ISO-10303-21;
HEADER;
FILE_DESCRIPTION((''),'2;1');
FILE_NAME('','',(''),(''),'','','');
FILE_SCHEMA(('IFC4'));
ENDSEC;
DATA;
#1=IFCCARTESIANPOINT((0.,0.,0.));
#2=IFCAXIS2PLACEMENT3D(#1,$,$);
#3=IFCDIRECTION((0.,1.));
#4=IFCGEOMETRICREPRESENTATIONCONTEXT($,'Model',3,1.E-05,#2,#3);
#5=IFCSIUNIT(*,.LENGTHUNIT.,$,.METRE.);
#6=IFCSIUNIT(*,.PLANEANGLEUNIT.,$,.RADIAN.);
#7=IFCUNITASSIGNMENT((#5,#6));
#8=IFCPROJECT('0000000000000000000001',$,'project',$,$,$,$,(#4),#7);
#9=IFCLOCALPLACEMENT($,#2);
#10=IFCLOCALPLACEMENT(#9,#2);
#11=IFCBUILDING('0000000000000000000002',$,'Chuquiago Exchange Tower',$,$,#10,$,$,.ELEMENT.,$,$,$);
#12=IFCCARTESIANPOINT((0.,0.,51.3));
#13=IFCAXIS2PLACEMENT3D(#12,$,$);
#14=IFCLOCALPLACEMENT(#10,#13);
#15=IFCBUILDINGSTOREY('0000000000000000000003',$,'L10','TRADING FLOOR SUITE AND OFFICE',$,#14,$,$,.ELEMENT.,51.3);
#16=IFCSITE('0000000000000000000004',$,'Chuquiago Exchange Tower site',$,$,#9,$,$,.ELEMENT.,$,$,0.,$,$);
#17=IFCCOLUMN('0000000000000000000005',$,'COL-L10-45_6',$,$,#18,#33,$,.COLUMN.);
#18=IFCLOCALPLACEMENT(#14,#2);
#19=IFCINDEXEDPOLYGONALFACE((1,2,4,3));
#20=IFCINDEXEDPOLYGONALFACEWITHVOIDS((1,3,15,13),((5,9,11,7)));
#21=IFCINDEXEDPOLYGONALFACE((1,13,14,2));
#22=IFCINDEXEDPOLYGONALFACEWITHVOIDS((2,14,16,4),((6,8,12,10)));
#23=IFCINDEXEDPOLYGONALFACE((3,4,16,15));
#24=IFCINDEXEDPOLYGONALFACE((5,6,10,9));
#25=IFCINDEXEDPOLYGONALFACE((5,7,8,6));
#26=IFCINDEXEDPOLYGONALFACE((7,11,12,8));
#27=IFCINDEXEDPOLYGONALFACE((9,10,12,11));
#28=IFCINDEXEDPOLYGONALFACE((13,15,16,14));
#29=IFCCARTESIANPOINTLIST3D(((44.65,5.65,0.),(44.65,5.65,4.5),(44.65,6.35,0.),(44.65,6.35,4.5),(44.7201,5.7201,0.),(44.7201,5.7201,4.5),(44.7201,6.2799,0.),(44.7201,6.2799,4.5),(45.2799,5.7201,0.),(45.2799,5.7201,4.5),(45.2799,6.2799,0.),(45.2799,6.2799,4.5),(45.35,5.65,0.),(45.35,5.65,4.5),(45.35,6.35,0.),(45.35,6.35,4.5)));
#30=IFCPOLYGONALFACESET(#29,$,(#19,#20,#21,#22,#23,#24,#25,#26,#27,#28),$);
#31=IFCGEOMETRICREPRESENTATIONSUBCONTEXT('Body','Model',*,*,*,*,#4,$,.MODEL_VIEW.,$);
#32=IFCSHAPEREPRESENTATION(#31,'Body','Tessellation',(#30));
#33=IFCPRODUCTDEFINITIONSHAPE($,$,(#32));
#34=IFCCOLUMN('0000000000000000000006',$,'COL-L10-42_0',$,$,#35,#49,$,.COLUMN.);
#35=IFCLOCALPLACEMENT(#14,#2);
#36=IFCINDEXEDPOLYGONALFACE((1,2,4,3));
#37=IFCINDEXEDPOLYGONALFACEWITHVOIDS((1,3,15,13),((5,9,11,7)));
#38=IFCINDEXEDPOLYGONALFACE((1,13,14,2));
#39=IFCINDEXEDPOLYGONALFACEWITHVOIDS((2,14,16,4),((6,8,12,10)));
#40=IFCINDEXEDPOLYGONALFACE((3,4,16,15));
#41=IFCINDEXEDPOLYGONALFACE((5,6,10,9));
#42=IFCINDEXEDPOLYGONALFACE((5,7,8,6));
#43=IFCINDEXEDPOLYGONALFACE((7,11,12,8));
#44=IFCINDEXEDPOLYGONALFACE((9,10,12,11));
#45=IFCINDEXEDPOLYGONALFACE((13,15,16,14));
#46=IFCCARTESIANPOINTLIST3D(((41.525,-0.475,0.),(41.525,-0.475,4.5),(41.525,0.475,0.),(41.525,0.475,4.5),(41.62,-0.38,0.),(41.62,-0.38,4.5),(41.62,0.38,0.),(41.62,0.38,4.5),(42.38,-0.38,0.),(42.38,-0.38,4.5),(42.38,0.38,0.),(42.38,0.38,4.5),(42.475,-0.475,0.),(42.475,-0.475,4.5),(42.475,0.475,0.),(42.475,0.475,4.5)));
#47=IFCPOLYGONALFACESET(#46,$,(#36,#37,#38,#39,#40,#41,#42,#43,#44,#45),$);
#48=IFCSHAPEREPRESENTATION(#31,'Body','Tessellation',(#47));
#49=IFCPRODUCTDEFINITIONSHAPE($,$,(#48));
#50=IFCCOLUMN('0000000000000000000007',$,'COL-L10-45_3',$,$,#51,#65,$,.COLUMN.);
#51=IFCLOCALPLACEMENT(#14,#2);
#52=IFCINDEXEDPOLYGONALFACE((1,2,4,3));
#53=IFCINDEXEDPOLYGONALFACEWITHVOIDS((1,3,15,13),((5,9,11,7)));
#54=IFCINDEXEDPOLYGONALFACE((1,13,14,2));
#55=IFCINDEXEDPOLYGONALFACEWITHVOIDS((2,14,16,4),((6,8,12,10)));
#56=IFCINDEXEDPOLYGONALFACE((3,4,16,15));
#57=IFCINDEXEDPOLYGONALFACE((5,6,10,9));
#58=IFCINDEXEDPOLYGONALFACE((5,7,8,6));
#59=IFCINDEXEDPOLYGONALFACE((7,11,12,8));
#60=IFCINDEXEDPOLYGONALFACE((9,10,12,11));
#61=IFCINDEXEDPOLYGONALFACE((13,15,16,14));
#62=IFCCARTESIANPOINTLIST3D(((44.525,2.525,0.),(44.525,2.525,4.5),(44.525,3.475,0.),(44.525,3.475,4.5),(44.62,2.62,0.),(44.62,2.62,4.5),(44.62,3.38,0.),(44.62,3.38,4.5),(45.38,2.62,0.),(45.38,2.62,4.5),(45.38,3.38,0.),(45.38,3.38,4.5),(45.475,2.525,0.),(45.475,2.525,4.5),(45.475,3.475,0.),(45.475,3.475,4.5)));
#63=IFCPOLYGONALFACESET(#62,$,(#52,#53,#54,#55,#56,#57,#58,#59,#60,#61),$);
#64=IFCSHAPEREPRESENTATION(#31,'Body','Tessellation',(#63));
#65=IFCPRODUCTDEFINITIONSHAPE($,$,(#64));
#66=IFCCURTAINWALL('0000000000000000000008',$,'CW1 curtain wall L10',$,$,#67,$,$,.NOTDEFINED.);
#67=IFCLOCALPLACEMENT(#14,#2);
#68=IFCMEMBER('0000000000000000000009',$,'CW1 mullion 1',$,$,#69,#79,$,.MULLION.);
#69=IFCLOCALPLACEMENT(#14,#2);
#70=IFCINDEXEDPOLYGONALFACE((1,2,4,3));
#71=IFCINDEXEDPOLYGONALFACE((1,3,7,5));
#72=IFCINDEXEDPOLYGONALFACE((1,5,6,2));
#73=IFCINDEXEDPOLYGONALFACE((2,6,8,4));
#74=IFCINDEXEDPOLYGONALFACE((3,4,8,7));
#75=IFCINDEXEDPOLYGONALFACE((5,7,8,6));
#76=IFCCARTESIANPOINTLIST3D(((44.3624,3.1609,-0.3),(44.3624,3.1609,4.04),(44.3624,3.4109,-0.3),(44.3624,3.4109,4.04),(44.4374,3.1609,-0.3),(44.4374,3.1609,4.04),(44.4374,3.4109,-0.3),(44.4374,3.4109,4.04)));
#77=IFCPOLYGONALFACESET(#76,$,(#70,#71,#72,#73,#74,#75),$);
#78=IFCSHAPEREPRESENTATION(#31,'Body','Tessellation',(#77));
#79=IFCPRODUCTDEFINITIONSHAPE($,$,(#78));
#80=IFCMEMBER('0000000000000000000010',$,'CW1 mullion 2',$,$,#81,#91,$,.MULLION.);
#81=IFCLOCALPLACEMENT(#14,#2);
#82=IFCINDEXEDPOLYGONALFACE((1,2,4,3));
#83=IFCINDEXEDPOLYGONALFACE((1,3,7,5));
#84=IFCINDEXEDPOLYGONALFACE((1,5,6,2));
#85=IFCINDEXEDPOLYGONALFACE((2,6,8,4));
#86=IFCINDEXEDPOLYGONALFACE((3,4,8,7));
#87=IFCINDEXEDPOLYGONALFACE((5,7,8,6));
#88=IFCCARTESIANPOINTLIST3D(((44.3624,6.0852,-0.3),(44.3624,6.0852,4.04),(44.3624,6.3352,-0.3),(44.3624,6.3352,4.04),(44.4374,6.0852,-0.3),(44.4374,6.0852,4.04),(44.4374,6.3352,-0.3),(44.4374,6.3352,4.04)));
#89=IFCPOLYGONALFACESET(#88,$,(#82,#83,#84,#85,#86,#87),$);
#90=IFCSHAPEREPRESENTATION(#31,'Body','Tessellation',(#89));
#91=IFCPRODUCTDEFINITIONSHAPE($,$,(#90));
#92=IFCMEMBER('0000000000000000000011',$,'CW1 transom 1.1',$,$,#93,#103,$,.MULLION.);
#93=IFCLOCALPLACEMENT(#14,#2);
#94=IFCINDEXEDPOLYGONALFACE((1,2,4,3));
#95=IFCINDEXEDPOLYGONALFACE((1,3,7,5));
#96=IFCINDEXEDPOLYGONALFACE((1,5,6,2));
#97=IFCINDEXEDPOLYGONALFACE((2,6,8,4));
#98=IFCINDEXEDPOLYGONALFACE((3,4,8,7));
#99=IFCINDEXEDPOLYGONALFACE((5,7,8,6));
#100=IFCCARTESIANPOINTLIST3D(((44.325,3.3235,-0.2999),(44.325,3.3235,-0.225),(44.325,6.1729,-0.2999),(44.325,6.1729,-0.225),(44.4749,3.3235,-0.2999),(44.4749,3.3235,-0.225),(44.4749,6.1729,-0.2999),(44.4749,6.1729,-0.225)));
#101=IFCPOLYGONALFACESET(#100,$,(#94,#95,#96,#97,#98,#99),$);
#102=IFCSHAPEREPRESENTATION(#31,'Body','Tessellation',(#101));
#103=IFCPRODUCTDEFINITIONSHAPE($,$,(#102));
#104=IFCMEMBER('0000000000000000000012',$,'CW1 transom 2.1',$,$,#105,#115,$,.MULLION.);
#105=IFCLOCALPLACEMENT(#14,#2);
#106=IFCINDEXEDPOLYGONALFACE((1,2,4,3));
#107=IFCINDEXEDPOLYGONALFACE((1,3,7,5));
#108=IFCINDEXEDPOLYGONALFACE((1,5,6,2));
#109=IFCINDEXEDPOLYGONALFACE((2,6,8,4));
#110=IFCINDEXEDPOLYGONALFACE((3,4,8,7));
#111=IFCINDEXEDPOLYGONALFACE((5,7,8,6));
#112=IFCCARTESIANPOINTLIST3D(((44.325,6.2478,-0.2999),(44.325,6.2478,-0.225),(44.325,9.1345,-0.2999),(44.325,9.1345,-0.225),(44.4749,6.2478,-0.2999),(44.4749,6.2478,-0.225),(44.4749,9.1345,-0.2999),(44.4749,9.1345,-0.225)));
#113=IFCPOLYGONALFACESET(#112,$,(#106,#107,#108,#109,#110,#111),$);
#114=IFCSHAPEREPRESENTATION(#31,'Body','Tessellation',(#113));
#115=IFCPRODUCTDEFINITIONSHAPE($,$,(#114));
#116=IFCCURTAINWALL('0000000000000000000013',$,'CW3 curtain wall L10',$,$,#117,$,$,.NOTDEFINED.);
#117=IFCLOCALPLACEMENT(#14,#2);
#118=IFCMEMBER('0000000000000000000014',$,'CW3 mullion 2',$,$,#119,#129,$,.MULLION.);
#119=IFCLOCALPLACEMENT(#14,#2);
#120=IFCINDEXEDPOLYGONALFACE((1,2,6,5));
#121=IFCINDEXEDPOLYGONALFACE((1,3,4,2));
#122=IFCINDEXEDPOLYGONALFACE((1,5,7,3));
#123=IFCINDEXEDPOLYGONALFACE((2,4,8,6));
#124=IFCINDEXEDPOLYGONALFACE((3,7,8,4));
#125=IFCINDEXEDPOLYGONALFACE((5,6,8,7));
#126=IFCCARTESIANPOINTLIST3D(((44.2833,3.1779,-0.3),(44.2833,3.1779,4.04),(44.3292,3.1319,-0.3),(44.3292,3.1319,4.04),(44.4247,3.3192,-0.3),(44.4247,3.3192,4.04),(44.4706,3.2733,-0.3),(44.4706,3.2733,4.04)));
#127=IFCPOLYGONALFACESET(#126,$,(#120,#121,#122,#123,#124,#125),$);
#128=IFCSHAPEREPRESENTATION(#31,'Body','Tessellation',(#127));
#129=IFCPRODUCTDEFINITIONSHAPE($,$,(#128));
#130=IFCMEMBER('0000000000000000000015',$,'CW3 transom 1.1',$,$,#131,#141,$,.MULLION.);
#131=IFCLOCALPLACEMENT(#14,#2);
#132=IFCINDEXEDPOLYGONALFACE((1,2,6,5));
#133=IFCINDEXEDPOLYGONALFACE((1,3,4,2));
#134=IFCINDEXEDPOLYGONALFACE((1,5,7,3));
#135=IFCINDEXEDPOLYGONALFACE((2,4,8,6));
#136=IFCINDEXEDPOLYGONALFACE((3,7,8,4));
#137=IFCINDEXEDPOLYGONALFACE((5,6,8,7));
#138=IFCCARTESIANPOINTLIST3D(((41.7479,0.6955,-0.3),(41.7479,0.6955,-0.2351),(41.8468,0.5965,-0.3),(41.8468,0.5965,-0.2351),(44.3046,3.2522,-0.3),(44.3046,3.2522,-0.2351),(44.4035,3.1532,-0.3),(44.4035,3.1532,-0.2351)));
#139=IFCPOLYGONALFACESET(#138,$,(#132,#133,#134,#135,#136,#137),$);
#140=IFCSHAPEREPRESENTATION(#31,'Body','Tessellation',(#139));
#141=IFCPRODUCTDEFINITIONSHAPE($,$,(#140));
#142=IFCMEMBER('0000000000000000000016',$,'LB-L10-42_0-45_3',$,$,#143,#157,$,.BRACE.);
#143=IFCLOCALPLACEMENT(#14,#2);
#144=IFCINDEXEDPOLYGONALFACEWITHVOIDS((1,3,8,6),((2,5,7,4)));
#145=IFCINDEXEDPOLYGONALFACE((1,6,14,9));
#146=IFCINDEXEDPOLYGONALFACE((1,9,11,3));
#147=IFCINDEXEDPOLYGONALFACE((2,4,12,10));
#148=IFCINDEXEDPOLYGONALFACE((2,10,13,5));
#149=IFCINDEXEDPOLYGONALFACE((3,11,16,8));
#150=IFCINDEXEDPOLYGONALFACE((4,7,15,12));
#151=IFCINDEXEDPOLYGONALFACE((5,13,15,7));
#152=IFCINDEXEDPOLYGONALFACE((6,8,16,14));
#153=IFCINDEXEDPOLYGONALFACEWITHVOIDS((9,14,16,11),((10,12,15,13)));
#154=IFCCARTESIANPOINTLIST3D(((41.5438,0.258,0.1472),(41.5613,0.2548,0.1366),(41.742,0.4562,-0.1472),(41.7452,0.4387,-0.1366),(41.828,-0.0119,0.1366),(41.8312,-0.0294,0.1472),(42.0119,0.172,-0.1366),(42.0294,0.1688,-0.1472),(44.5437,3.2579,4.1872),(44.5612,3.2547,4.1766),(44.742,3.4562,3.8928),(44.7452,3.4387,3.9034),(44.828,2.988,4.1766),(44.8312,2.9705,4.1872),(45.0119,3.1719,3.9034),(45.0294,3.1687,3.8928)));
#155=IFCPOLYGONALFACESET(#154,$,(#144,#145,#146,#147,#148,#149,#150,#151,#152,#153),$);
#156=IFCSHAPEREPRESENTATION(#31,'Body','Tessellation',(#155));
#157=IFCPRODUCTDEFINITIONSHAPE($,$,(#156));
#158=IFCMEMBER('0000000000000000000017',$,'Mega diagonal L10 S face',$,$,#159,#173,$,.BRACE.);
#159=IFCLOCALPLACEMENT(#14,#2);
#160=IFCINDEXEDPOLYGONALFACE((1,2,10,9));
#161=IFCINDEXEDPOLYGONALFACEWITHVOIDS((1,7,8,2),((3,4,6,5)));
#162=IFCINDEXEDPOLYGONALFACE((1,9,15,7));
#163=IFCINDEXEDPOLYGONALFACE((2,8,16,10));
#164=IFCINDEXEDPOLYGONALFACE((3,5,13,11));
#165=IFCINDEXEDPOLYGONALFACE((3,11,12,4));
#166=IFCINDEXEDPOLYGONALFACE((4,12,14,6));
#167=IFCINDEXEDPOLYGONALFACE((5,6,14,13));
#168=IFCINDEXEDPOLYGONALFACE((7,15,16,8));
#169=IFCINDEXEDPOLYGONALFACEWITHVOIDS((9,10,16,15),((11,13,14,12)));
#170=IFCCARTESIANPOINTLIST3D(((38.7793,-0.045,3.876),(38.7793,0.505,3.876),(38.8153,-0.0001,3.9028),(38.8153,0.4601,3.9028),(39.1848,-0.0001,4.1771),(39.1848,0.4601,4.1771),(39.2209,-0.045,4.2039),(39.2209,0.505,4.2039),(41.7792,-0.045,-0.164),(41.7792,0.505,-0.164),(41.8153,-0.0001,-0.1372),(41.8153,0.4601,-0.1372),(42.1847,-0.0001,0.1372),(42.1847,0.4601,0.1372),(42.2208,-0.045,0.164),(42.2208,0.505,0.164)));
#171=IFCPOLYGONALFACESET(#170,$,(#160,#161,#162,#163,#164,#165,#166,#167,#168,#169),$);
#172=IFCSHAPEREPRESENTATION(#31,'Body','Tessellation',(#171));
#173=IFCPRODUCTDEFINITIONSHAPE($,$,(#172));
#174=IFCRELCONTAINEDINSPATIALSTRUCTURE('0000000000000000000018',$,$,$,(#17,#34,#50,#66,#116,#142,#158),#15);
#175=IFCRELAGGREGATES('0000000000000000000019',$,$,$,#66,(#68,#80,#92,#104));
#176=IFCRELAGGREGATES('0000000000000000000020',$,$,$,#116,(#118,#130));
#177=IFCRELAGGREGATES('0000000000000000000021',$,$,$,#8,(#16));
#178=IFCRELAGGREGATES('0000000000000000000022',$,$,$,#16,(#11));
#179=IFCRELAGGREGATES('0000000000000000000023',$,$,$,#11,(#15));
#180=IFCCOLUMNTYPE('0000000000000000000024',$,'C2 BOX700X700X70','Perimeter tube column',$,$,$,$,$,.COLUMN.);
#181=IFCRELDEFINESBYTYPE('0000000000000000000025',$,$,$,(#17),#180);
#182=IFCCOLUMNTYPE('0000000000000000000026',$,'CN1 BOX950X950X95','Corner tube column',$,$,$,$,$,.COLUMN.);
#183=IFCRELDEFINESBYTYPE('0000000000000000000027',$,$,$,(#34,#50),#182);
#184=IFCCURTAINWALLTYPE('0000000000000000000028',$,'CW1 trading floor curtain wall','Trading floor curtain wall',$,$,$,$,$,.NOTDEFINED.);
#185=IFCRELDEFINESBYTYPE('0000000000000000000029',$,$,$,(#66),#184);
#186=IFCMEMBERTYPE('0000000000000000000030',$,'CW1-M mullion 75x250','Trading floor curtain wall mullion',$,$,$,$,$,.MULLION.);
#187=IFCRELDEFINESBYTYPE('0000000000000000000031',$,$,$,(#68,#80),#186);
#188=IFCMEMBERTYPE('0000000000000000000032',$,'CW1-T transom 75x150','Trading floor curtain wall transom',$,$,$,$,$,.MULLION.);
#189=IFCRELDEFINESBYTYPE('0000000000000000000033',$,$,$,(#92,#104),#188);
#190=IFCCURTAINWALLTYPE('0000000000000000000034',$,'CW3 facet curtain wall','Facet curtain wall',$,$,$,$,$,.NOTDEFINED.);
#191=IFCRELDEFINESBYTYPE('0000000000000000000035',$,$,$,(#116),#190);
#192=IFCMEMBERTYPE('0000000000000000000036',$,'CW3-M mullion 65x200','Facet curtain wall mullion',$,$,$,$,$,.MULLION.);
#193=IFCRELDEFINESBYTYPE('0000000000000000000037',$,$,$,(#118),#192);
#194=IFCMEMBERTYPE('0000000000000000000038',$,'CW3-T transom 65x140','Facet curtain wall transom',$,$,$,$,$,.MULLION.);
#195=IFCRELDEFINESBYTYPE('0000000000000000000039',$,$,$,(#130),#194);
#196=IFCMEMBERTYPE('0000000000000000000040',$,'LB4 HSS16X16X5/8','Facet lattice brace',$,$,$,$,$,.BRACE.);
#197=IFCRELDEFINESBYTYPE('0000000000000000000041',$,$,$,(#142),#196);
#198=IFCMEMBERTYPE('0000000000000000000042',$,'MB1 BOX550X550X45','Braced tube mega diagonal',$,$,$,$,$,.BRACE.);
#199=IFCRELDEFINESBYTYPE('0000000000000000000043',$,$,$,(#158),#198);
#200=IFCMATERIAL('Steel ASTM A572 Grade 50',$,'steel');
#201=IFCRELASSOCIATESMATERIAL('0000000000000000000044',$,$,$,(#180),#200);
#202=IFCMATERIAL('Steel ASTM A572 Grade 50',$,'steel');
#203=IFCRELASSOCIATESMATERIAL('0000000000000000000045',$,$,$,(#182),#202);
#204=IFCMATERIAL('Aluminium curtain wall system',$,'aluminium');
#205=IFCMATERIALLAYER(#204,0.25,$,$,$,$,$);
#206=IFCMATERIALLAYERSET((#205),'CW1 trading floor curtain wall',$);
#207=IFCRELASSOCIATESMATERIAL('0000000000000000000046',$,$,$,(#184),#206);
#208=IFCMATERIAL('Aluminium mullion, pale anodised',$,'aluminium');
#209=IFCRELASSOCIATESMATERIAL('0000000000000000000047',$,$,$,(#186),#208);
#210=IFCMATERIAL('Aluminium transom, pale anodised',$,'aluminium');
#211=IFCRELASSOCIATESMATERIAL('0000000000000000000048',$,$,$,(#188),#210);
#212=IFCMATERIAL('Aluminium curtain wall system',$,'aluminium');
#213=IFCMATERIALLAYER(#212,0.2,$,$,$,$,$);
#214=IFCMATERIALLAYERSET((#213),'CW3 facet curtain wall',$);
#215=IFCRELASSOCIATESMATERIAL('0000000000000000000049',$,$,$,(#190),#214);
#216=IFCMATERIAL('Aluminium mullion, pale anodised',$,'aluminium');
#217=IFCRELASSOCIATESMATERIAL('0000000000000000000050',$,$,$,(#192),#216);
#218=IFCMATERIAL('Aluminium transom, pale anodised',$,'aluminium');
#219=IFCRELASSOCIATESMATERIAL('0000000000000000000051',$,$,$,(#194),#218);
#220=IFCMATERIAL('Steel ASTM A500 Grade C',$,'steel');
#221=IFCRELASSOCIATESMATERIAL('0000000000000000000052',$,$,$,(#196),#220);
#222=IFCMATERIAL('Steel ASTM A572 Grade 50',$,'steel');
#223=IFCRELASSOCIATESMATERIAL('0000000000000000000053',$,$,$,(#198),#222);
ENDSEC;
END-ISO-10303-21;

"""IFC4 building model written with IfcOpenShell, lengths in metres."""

from ifc_helpers import new_model, si_unit, direction, frame, origin, origin_2d, place, context, subcontext, project, spatial, rectangle, hollow_rectangle, extrude, material, layer, layer_set, material_profile, profile_set, type_object, element, aggregate, save


model = new_model("IFC4")

# Units and contexts
model_context = context("Model", 3, precision=1e-05, world=origin(), true_north=direction((0.0, 1.0)))
body_context = subcontext(model_context, "Body", "Model", "MODEL_VIEW")
ifc_project = project(units=[si_unit("LENGTHUNIT", "METRE"), si_unit("PLANEANGLEUNIT", "RADIAN")], contexts=[model_context])

# Site, building, storey
site_placement = place(None, origin())
site = spatial("IfcSite", under=ifc_project, at=site_placement, Name="Chuquiago Exchange Tower site", CompositionType="ELEMENT", RefElevation=0.0)
building_placement = place(site_placement, origin())
building = spatial("IfcBuilding", under=site, at=building_placement, Name="Chuquiago Exchange Tower", CompositionType="ELEMENT")
storey_placement = place(building_placement, frame((0.0, 0.0, 51.3)))
storey = spatial("IfcBuildingStorey", under=building, at=storey_placement, Name="L10", Description="TRADING FLOOR SUITE AND OFFICE", CompositionType="ELEMENT", Elevation=51.3)

# Columns
ifc_material_1 = material(Name="Steel ASTM A572 Grade 50", Category="steel")
ifc_material_profile_1 = material_profile(ifc_material_1, hollow_rectangle(XDim=0.7, YDim=0.7, WallThickness=0.0701, at=origin_2d()), Name="BOX700X700X70")
ifc_profile_set_1 = profile_set([ifc_material_profile_1], Name="Steel ASTM A572 Grade 50")
column_type_1 = type_object("IfcColumnType", Name="C2 BOX700X700X70", Description="Perimeter tube column", PredefinedType="COLUMN", material=ifc_profile_set_1)
column_placement = place(storey_placement, frame((45.0, 6.0, 0.0), z_axis=(0.0, 0.0, 1.0), x_axis=(1.0, 0.0, 0.0)))
element("IfcColumn", 1, at=column_placement, inside=storey, type_object=column_type_1, Name="COL-L10-45_6", PredefinedType="COLUMN", context=body_context, shape_type="SweptSolid", body=[
    extrude(hollow_rectangle(XDim=0.7, YDim=0.7, WallThickness=0.0701, at=origin_2d()), origin(), (0.0, 0.0, 1.0), 4.5),
])
ifc_material_2 = material(Name="Steel ASTM A572 Grade 50", Category="steel")
ifc_material_profile_2 = material_profile(ifc_material_2, hollow_rectangle(XDim=0.95, YDim=0.95, WallThickness=0.095, at=origin_2d()), Name="BOX950X950X95")
ifc_profile_set_2 = profile_set([ifc_material_profile_2], Name="Steel ASTM A572 Grade 50")
column_type_2 = type_object("IfcColumnType", Name="CN1 BOX950X950X95", Description="Corner tube column", PredefinedType="COLUMN", material=ifc_profile_set_2)
for number, where, z_axis, x_axis, name in (
    (2, (42.0, 0.0, 0.0), (0.0, 0.0, 1.0), (0.0, -1.0, 0.0), "COL-L10-42_0"),
    (3, (45.0, 3.0, 0.0), (0.0, 0.0, 1.0), (1.0, 0.0, 0.0), "COL-L10-45_3"),
):
    element("IfcColumn", number, at=place(storey_placement, frame(where, z_axis=z_axis, x_axis=x_axis)), inside=storey, type_object=column_type_2, Name=name, PredefinedType="COLUMN", context=body_context, shape_type="SweptSolid", body=[
        extrude(hollow_rectangle(XDim=0.95, YDim=0.95, WallThickness=0.095, at=origin_2d()), origin(), (0.0, 0.0, 1.0), 4.5),
    ])

# Curtain walls, members
ifc_material_3 = material(Name="Aluminium curtain wall system", Category="aluminium")
ifc_layer_1 = layer(ifc_material_3, 0.25)
ifc_layer_set_1 = layer_set([ifc_layer_1], Name="CW1 trading floor curtain wall")
curtain_wall_type_1 = type_object("IfcCurtainWallType", Name="CW1 trading floor curtain wall", Description="Trading floor curtain wall", PredefinedType="NOTDEFINED", material=ifc_layer_set_1)
curtain_wall_1_placement = place(storey_placement, origin())
curtain_wall_1 = element("IfcCurtainWall", 4, at=curtain_wall_1_placement, inside=storey, type_object=curtain_wall_type_1, Name="CW1 curtain wall L10", PredefinedType="NOTDEFINED")
ifc_material_4 = material(Name="Aluminium mullion, pale anodised", Category="aluminium")
ifc_material_profile_3 = material_profile(ifc_material_4, rectangle(XDim=0.075, YDim=0.25, at=origin_2d()), Name="AL 75x250")
ifc_profile_set_3 = profile_set([ifc_material_profile_3], Name="Aluminium mullion, pale anodised")
member_type_1 = type_object("IfcMemberType", Name="CW1-M mullion 75x250", Description="Trading floor curtain wall mullion", PredefinedType="MULLION", material=ifc_profile_set_3)
member_1_placement = place(storey_placement, frame((44.3999, 3.2859, -0.3), z_axis=(0.0, 0.0, 1.0), x_axis=(-1.0, 0.0, 0.0)))
member_1 = element("IfcMember", 5, at=member_1_placement, type_object=member_type_1, Name="CW1 mullion 1", PredefinedType="MULLION", context=body_context, shape_type="SweptSolid", body=[
    extrude(rectangle(XDim=0.075, YDim=0.25, at=origin_2d()), origin(), (0.0, 0.0, 1.0), 4.3401),
])
member_2_placement = place(storey_placement, frame((44.3999, 6.2102, -0.3), z_axis=(0.0, 0.0, 1.0), x_axis=(-1.0, 0.0, 0.0)))
member_2 = element("IfcMember", 6, at=member_2_placement, type_object=member_type_1, Name="CW1 mullion 2", PredefinedType="MULLION", context=body_context, shape_type="SweptSolid", body=[
    extrude(rectangle(XDim=0.075, YDim=0.25, at=origin_2d()), origin(), (0.0, 0.0, 1.0), 4.3401),
])
ifc_material_5 = material(Name="Aluminium transom, pale anodised", Category="aluminium")
ifc_material_profile_4 = material_profile(ifc_material_5, rectangle(XDim=0.1499, YDim=0.075, at=origin_2d()), Name="AL 150x75")
ifc_profile_set_4 = profile_set([ifc_material_profile_4], Name="Aluminium transom, pale anodised")
member_type_2 = type_object("IfcMemberType", Name="CW1-T transom 75x150", Description="Trading floor curtain wall transom", PredefinedType="MULLION", material=ifc_profile_set_4)
member_3_placement = place(storey_placement, frame((44.3999, 3.3235, -0.2625), z_axis=(0.0, 1.0, 0.0), x_axis=(-1.0, 0.0, 0.0)))
member_3 = element("IfcMember", 7, at=member_3_placement, type_object=member_type_2, Name="CW1 transom 1.1", PredefinedType="MULLION", context=body_context, shape_type="SweptSolid", body=[
    extrude(rectangle(XDim=0.1499, YDim=0.075, at=origin_2d()), origin(), (0.0, 0.0, 1.0), 2.8494),
])
member_4_placement = place(storey_placement, frame((44.3999, 6.2478, -0.2625), z_axis=(0.0, 1.0, 0.0), x_axis=(-1.0, 0.0, 0.0)))
member_4 = element("IfcMember", 8, at=member_4_placement, type_object=member_type_2, Name="CW1 transom 2.1", PredefinedType="MULLION", context=body_context, shape_type="SweptSolid", body=[
    extrude(rectangle(XDim=0.1499, YDim=0.075, at=origin_2d()), origin(), (0.0, 0.0, 1.0), 2.8867),
])
ifc_material_6 = material(Name="Aluminium curtain wall system", Category="aluminium")
ifc_layer_2 = layer(ifc_material_6, 0.2)
ifc_layer_set_2 = layer_set([ifc_layer_2], Name="CW3 facet curtain wall")
curtain_wall_type_2 = type_object("IfcCurtainWallType", Name="CW3 facet curtain wall", Description="Facet curtain wall", PredefinedType="NOTDEFINED", material=ifc_layer_set_2)
curtain_wall_2_placement = place(storey_placement, origin())
curtain_wall_2 = element("IfcCurtainWall", 9, at=curtain_wall_2_placement, inside=storey, type_object=curtain_wall_type_2, Name="CW3 curtain wall L10", PredefinedType="NOTDEFINED")
ifc_material_7 = material(Name="Aluminium mullion, pale anodised", Category="aluminium")
ifc_material_profile_5 = material_profile(ifc_material_7, rectangle(XDim=0.0649, YDim=0.2, at=origin_2d()), Name="AL 65x200")
ifc_profile_set_5 = profile_set([ifc_material_profile_5], Name="Aluminium mullion, pale anodised")
member_type_3 = type_object("IfcMemberType", Name="CW3-M mullion 65x200", Description="Facet curtain wall mullion", PredefinedType="MULLION", material=ifc_profile_set_5)
member_5_placement = place(storey_placement, frame((44.377, 3.2256, -0.3), z_axis=(0.0, 0.0, 1.0), x_axis=(-0.707107, 0.707107, 0.0)))
member_5 = element("IfcMember", 10, at=member_5_placement, type_object=member_type_3, Name="CW3 mullion 2", PredefinedType="MULLION", context=body_context, shape_type="SweptSolid", body=[
    extrude(rectangle(XDim=0.0649, YDim=0.2, at=origin_2d()), origin(), (0.0, 0.0, 1.0), 4.3401),
])
ifc_material_8 = material(Name="Aluminium transom, pale anodised", Category="aluminium")
ifc_material_profile_6 = material_profile(ifc_material_8, rectangle(XDim=0.1399, YDim=0.0649, at=origin_2d()), Name="AL 140x65")
ifc_profile_set_6 = profile_set([ifc_material_profile_6], Name="Aluminium transom, pale anodised")
member_type_4 = type_object("IfcMemberType", Name="CW3-T transom 65x140", Description="Facet curtain wall transom", PredefinedType="MULLION", material=ifc_profile_set_6)
member_6_placement = place(storey_placement, frame((41.7974, 0.646, -0.2676), z_axis=(0.707107, 0.707107, 0.0), x_axis=(-0.707107, 0.707107, 0.0)))
member_6 = element("IfcMember", 11, at=member_6_placement, type_object=member_type_4, Name="CW3 transom 1.1", PredefinedType="MULLION", context=body_context, shape_type="SweptSolid", body=[
    extrude(rectangle(XDim=0.1399, YDim=0.0649, at=origin_2d()), origin(), (0.0, 0.0, 1.0), 3.6157),
])

# Members
ifc_material_9 = material(Name="Steel ASTM A500 Grade C", Category="steel")
ifc_material_profile_7 = material_profile(ifc_material_9, hollow_rectangle(XDim=0.4065, YDim=0.4065, WallThickness=0.0146, at=origin_2d()), Name="HSS16X16X5/8")
ifc_profile_set_7 = profile_set([ifc_material_profile_7], Name="Steel ASTM A500 Grade C")
member_type_5 = type_object("IfcMemberType", Name="LB4 HSS16X16X5/8", Description="Facet lattice brace", PredefinedType="BRACE", material=ifc_profile_set_7)
member_7_placement = place(storey_placement, frame((41.7866, 0.2134, 0.0), z_axis=(0.512077, 0.512077, 0.689604), x_axis=(-0.707107, 0.707107, 0.0)))
element("IfcMember", 12, at=member_7_placement, inside=storey, type_object=member_type_5, Name="LB-L10-42_0-45_3", PredefinedType="BRACE", context=body_context, shape_type="SweptSolid", body=[
    extrude(hollow_rectangle(XDim=0.4065, YDim=0.4065, WallThickness=0.0146, at=origin_2d()), origin(), (0.0, 0.0, 1.0), 5.8584),
])
ifc_material_10 = material(Name="Steel ASTM A572 Grade 50", Category="steel")
ifc_material_profile_8 = material_profile(ifc_material_10, hollow_rectangle(XDim=0.55, YDim=0.55, WallThickness=0.0449, at=origin_2d()), Name="BOX550X550X45")
ifc_profile_set_8 = profile_set([ifc_material_profile_8], Name="Steel ASTM A572 Grade 50")
member_type_6 = type_object("IfcMemberType", Name="MB1 BOX550X550X45", Description="Braced tube mega diagonal", PredefinedType="BRACE", material=ifc_profile_set_8)
for number, where, z_axis, x_axis, name in (
    (13, (42.0, 0.23, 0.0), (-0.596174, 0.0, 0.802855), (0.0, -1.0, 0.0), "Mega diagonal L10 S face"),
):
    element("IfcMember", number, at=place(storey_placement, frame(where, z_axis=z_axis, x_axis=x_axis)), inside=storey, type_object=member_type_6, Name=name, PredefinedType="BRACE", context=body_context, shape_type="SweptSolid", body=[
        extrude(hollow_rectangle(XDim=0.55, YDim=0.55, WallThickness=0.0449, at=origin_2d()), origin(), (0.0, 0.0, 1.0), 5.032),
    ])

aggregate(curtain_wall_1, [member_1, member_2, member_3, member_4])
aggregate(curtain_wall_2, [member_5, member_6])

save(model, "model.ifc")
